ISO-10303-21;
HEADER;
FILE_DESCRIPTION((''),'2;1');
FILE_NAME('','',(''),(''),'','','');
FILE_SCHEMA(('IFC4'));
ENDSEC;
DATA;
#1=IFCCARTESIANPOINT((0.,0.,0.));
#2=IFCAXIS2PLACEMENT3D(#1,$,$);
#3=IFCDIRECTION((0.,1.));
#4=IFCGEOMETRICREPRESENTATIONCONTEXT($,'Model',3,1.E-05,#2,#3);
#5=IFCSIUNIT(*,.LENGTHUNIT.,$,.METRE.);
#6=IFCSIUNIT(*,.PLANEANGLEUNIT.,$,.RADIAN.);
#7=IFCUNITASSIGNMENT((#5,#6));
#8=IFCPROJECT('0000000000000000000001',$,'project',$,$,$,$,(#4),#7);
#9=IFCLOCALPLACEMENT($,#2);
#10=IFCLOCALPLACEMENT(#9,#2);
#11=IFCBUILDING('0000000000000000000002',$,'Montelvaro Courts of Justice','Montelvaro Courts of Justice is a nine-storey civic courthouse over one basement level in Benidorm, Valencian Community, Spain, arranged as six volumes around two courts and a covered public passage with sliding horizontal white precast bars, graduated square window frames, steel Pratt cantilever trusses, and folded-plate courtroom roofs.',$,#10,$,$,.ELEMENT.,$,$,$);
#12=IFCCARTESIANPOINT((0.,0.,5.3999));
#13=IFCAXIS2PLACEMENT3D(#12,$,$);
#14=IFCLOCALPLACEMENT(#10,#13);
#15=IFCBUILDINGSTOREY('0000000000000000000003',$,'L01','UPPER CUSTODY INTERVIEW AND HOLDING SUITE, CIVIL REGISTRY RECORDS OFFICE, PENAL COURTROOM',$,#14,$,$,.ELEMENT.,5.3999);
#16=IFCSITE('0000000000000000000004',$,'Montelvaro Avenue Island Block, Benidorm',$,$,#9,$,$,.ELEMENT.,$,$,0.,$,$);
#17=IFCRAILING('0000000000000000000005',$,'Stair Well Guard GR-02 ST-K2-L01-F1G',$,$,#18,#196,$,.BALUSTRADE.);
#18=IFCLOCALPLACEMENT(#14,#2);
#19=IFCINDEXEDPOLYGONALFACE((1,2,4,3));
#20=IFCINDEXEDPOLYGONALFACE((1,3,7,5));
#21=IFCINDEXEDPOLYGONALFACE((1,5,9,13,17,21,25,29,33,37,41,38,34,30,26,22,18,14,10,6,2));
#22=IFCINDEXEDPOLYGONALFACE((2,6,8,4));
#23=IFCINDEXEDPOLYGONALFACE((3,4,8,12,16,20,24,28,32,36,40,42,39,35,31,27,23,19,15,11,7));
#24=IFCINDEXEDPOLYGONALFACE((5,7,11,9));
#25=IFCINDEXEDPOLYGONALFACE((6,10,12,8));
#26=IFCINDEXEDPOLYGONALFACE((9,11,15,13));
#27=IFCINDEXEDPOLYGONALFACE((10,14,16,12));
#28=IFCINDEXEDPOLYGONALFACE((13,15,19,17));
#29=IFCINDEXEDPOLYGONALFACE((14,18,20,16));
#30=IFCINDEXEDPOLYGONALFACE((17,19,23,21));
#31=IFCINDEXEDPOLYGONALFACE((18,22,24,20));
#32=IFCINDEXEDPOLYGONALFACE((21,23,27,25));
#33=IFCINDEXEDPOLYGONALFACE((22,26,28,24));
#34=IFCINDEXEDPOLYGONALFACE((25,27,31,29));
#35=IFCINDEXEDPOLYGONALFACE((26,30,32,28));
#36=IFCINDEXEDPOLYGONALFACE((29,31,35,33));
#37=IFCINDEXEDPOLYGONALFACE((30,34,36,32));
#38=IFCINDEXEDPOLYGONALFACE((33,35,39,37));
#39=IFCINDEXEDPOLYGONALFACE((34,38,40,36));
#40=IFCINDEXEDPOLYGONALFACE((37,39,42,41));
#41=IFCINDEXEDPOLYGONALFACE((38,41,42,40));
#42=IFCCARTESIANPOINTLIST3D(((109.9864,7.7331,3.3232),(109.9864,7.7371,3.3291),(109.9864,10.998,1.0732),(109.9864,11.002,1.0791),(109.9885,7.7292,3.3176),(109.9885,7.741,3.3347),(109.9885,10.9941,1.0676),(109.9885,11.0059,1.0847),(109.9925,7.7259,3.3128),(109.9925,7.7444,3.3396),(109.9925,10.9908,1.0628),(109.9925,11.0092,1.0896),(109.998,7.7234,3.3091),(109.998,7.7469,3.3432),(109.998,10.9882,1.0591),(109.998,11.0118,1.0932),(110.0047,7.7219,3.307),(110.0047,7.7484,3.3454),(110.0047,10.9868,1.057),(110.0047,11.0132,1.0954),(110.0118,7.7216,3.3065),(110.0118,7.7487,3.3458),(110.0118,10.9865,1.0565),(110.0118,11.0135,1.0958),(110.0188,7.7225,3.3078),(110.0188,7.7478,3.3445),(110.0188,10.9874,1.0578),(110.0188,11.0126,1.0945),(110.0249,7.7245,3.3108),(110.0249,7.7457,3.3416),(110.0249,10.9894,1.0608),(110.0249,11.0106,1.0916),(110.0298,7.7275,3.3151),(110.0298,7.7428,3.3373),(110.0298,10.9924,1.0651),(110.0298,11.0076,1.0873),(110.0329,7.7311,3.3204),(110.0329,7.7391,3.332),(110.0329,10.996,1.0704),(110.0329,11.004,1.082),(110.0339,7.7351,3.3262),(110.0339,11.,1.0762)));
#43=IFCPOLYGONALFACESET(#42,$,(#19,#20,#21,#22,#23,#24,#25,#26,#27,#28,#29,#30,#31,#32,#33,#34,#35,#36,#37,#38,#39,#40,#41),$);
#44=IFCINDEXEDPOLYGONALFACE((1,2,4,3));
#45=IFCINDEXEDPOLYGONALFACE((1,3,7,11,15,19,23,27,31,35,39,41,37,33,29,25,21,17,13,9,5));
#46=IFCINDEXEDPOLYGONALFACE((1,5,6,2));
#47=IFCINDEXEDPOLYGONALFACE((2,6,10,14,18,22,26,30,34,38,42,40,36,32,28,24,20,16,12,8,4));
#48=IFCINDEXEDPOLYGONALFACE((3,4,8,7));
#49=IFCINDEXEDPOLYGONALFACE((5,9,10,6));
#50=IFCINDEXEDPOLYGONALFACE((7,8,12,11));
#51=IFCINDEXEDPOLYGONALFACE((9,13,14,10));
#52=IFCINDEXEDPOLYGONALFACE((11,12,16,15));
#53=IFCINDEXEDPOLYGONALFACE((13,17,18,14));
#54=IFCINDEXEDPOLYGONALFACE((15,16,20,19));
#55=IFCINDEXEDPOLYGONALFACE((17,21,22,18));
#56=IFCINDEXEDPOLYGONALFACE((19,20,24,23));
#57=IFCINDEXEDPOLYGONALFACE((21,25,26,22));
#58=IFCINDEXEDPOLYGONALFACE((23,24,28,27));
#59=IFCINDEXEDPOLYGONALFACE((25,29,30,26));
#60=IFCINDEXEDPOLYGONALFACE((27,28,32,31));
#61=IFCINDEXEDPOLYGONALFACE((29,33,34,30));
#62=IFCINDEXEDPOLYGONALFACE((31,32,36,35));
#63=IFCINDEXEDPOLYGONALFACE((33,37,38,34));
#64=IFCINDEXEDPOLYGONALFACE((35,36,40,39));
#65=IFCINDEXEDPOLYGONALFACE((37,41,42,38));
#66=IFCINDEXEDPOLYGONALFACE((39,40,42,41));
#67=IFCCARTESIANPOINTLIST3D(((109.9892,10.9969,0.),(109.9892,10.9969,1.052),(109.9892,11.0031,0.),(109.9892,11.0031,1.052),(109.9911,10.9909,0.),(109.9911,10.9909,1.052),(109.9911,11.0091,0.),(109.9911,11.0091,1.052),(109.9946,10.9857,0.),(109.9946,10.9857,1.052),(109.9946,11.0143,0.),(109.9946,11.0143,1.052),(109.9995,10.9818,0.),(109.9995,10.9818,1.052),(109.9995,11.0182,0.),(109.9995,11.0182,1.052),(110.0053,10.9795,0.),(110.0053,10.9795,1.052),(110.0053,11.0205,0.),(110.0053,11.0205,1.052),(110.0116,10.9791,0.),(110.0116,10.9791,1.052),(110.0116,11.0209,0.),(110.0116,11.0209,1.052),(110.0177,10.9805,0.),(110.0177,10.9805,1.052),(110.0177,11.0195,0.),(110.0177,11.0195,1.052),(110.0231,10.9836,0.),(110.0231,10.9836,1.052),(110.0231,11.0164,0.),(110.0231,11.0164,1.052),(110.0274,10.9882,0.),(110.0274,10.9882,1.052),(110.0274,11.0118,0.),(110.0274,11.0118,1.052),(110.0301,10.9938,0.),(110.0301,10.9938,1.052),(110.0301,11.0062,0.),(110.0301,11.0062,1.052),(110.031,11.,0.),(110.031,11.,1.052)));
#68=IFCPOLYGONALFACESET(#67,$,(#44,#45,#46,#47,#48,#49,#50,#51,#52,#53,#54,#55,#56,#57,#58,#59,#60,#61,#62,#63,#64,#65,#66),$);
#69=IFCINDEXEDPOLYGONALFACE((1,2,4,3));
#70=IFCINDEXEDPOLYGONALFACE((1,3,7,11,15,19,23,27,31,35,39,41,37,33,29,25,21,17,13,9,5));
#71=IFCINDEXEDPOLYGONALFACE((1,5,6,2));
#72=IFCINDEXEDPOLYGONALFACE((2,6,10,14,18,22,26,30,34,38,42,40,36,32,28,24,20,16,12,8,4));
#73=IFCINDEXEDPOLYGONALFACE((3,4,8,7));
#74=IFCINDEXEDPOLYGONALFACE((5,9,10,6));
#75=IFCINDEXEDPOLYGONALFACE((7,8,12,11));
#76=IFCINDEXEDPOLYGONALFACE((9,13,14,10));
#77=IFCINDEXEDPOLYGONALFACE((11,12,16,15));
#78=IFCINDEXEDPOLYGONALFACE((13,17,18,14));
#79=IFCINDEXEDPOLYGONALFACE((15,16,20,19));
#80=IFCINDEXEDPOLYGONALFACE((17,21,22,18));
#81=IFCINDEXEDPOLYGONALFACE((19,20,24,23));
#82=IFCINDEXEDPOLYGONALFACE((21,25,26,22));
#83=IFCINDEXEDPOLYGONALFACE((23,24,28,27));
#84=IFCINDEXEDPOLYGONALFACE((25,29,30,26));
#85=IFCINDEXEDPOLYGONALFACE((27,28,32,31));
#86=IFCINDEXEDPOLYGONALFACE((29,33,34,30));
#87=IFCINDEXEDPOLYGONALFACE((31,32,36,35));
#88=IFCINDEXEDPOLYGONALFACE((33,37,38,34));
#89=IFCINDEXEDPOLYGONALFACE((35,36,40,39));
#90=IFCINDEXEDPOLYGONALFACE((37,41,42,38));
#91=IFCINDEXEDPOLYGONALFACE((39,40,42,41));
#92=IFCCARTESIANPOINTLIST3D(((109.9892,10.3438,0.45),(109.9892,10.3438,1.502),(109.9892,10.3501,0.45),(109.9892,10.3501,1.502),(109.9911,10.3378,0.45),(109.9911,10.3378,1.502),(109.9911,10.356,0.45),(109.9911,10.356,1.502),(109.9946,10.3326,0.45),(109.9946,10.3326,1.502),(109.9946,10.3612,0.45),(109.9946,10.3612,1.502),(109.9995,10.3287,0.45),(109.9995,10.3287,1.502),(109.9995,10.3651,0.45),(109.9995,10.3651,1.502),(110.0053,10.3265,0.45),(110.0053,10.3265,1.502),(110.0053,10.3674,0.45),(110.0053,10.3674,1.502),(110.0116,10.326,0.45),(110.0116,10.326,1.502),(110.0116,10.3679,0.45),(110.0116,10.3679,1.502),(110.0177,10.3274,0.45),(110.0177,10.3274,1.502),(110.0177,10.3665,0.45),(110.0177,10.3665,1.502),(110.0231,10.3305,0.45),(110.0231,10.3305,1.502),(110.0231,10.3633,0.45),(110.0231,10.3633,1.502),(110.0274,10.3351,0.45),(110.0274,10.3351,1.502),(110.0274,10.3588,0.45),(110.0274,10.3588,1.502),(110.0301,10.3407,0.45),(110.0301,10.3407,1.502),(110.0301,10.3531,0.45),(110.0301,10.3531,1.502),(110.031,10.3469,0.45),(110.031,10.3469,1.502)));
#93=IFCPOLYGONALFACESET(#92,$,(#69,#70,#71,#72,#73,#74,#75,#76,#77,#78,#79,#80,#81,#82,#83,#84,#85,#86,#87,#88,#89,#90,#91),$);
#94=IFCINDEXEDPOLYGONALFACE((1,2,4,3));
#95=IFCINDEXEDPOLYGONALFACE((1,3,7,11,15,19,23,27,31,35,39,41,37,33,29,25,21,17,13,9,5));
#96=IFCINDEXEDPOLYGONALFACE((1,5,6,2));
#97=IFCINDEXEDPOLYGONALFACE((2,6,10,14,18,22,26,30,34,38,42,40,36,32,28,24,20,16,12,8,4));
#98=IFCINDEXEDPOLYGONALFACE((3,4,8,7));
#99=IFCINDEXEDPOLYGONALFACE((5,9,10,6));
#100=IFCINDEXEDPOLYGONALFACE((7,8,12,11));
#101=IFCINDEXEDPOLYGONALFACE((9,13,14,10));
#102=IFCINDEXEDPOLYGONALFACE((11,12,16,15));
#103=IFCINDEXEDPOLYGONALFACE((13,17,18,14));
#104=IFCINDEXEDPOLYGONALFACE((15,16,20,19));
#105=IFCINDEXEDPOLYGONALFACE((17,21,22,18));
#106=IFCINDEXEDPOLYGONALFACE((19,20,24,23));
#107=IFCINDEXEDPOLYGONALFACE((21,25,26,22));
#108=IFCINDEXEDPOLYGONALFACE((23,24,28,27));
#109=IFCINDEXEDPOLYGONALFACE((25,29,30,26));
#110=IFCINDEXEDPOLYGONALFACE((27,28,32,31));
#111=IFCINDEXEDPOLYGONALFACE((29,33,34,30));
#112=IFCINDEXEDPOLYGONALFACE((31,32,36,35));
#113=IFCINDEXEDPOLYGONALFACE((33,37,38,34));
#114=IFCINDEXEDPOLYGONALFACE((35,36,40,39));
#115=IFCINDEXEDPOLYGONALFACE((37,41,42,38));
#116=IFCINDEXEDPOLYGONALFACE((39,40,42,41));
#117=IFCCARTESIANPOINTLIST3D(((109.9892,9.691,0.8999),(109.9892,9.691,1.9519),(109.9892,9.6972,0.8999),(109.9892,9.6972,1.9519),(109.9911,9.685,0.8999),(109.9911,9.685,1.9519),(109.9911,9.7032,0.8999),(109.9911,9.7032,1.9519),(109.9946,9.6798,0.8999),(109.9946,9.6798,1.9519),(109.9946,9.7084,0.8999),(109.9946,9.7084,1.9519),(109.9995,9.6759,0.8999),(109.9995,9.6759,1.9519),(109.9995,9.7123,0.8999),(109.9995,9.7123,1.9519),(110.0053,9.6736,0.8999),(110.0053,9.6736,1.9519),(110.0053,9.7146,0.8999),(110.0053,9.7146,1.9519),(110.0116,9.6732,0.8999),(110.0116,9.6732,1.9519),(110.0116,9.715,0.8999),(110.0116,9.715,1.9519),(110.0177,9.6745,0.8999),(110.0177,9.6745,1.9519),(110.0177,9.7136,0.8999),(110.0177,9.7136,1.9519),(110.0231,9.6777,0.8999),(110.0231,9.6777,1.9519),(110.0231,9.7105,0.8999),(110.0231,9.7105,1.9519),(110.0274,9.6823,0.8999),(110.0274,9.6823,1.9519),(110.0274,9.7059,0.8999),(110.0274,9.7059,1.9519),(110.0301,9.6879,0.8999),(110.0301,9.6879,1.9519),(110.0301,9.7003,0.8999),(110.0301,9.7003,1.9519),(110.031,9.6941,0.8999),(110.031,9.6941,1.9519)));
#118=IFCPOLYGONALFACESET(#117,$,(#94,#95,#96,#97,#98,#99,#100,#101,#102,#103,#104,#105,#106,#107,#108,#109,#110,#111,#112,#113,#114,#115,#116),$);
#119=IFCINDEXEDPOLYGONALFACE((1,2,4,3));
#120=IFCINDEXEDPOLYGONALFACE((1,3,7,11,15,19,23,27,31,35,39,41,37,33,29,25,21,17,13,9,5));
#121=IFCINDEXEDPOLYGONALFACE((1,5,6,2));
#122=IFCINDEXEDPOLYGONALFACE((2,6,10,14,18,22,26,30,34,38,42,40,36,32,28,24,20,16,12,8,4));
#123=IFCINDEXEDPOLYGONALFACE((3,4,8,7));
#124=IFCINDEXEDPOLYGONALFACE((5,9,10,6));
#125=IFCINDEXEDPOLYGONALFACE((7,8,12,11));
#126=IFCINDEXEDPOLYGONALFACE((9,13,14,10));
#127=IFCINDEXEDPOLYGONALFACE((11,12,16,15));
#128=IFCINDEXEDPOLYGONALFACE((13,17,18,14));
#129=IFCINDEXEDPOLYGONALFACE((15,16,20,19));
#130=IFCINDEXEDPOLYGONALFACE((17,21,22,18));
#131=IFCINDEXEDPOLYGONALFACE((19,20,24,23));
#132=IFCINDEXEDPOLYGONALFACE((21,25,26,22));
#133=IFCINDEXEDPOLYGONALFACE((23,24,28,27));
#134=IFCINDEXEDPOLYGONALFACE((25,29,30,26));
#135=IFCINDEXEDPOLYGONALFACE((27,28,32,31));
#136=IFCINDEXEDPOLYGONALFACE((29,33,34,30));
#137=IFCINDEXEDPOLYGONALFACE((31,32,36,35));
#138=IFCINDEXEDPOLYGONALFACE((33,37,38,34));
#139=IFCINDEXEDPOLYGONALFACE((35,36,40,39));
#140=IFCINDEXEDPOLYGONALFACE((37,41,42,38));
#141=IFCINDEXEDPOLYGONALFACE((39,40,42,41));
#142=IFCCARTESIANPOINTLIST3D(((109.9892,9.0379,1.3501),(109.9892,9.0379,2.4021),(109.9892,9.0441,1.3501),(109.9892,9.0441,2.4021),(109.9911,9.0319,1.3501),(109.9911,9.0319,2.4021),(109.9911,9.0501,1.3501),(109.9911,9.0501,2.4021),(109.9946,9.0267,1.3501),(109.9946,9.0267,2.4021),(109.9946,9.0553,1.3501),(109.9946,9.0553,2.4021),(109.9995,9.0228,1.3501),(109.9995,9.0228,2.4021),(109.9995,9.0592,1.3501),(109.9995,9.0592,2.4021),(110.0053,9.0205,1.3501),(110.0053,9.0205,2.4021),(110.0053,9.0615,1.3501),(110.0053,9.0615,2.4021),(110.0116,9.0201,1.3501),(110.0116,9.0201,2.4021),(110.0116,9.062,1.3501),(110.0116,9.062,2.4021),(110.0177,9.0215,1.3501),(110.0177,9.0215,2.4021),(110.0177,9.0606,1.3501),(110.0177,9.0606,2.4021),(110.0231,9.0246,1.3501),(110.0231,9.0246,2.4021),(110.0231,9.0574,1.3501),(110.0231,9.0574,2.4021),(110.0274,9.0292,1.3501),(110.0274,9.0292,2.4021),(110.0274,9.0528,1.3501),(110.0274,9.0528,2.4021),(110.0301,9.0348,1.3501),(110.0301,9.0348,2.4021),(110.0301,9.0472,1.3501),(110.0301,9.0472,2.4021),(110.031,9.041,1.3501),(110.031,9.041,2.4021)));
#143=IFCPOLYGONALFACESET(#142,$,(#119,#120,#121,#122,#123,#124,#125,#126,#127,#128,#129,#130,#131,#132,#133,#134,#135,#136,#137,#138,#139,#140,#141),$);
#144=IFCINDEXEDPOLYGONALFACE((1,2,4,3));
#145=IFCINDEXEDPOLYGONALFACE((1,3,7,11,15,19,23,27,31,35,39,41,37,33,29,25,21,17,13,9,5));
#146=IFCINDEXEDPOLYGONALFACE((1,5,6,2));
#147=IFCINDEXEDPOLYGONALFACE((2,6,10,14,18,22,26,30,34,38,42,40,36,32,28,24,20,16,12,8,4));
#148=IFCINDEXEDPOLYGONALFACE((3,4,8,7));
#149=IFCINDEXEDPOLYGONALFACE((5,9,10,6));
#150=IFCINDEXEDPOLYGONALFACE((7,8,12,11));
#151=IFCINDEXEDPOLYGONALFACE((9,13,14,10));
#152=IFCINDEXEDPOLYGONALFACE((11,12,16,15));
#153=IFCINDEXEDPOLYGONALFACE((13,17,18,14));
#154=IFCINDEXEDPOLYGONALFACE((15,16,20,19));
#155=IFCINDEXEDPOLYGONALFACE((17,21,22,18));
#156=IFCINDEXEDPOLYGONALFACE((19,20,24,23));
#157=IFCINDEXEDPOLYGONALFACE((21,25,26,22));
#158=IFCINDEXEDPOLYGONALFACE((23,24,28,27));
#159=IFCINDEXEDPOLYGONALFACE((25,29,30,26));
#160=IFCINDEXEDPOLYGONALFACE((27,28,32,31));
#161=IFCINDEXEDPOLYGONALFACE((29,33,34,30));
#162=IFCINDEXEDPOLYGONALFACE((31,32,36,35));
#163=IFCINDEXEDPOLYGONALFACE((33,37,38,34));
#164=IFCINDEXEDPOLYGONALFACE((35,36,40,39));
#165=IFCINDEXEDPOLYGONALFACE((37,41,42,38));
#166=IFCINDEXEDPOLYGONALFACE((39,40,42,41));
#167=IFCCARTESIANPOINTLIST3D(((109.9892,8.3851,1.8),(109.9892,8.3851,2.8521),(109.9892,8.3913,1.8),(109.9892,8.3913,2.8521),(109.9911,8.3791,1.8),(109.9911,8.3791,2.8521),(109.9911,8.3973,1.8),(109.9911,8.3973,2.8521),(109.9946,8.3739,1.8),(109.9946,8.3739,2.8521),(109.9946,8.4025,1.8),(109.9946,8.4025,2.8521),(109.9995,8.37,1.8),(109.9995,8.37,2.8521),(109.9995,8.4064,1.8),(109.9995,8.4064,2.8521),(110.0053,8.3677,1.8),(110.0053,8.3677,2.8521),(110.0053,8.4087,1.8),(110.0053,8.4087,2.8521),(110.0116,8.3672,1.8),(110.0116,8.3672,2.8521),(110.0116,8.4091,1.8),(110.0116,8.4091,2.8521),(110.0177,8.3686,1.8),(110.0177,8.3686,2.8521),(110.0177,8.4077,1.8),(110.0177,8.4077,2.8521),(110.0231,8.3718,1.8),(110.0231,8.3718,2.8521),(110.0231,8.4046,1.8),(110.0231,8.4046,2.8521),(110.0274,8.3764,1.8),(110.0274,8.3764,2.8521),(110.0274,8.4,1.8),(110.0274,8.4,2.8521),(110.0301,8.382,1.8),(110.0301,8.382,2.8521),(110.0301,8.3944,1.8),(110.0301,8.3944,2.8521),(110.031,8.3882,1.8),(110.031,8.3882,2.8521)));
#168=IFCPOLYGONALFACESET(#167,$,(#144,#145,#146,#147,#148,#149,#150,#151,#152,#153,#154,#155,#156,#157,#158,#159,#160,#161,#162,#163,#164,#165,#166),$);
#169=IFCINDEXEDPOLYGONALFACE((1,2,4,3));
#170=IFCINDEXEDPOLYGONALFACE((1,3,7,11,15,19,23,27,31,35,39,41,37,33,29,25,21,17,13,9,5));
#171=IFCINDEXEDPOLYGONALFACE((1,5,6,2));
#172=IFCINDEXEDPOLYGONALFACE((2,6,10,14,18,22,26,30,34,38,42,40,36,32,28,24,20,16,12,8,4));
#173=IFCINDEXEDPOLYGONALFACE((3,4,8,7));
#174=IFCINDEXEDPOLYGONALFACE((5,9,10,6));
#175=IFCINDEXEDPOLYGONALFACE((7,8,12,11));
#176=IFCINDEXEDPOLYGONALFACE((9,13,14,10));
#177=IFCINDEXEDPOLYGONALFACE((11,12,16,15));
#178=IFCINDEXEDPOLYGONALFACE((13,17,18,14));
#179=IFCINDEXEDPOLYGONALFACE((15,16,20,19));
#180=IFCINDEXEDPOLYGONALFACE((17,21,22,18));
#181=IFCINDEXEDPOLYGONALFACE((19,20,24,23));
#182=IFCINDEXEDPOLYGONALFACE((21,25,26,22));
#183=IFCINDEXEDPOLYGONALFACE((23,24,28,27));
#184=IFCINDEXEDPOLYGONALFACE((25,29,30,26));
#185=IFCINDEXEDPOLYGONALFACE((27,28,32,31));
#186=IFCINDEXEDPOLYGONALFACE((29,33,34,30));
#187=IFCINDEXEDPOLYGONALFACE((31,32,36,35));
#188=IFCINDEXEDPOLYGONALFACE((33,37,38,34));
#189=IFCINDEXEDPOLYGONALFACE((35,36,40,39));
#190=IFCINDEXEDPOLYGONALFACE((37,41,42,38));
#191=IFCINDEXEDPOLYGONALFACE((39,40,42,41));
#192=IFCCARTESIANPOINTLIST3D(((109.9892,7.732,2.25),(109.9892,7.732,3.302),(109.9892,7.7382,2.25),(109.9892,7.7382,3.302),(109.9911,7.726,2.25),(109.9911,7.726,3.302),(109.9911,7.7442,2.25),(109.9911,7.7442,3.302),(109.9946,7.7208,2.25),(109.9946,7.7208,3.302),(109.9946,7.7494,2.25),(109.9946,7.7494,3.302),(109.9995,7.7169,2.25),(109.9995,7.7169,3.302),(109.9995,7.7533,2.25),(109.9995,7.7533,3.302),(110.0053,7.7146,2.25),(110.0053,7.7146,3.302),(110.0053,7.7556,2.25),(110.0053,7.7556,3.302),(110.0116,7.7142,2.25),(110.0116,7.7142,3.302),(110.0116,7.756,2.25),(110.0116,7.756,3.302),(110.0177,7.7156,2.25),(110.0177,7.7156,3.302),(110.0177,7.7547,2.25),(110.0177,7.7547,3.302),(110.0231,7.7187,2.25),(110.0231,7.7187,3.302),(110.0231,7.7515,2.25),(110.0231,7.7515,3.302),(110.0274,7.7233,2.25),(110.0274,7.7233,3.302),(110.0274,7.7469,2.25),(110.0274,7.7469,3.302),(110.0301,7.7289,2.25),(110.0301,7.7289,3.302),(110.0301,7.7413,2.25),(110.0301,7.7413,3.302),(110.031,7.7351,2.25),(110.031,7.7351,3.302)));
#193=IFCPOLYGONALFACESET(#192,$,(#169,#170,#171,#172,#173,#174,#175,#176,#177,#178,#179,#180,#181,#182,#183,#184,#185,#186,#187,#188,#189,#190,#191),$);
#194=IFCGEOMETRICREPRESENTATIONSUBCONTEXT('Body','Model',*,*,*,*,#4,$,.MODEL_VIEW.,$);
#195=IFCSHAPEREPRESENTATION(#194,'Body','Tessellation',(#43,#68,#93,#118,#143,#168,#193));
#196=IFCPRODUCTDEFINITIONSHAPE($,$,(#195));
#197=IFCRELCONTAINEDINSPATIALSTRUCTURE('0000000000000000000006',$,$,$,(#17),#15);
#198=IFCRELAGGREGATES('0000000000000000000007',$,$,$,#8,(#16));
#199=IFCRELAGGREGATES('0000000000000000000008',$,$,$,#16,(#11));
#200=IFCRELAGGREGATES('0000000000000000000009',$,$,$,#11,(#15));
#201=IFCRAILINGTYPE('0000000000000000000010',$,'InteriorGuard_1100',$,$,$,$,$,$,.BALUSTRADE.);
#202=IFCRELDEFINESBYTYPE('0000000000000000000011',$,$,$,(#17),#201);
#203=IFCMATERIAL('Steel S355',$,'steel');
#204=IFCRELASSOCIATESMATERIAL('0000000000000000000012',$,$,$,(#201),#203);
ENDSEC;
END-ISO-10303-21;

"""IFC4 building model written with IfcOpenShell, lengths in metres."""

from ifc_helpers import new_model, si_unit, direction, frame, origin, origin_2d, place, context, subcontext, project, spatial, circle, extrude, material, type_object, element, save


model = new_model("IFC4")

# Units and contexts
model_context = context("Model", 3, precision=1e-05, world=origin(), true_north=direction((0.0, 1.0)))
body_context = subcontext(model_context, "Body", "Model", "MODEL_VIEW")
ifc_project = project(units=[si_unit("LENGTHUNIT", "METRE"), si_unit("PLANEANGLEUNIT", "RADIAN")], contexts=[model_context])

# Site, building, storey
site_placement = place(None, origin())
site = spatial("IfcSite", under=ifc_project, at=site_placement, Name="Montelvaro Avenue Island Block, Benidorm", CompositionType="ELEMENT", RefElevation=0.0)
building_placement = place(site_placement, origin())
building = spatial("IfcBuilding", under=site, at=building_placement, Name="Montelvaro Courts of Justice", Description="Montelvaro Courts of Justice is a nine-storey civic courthouse over one basement level in Benidorm, Valencian Community, Spain, arranged as six volumes around two courts and a covered public passage with sliding horizontal white precast bars, graduated square window frames, steel Pratt cantilever trusses, and folded-plate courtroom roofs.", CompositionType="ELEMENT")
storey_placement = place(building_placement, frame((0.0, 0.0, 5.3999)))
storey = spatial("IfcBuildingStorey", under=building, at=storey_placement, Name="L01", Description="UPPER CUSTODY INTERVIEW AND HOLDING SUITE, CIVIL REGISTRY RECORDS OFFICE, PENAL COURTROOM", CompositionType="ELEMENT", Elevation=5.3999)

# Shared definitions
ifc_material_1 = material(Name="Steel S355", Category="steel")

# Railing
railing_type_1 = type_object("IfcRailingType", Name="InteriorGuard_1100", PredefinedType="BALUSTRADE", material=ifc_material_1)
railing_1_placement = place(storey_placement, frame((110.01, 11.0, 0.0)))
element("IfcRailing", 1, at=railing_1_placement, inside=storey, type_object=railing_type_1, Name="Stair Well Guard GR-02 ST-K2-L01-F1G", PredefinedType="BALUSTRADE", context=body_context, shape_type="SweptSolid", body=[
    extrude(circle(Radius=0.0239, at=origin_2d()), frame((0.0, 0.0, 1.0762), z_axis=(0.0, -0.823407, 0.567451), x_axis=(1.0, 0.0, 0.0)), (0.0, 0.0, 1.0), 3.9651),
    extrude(circle(Radius=0.021, at=origin_2d()), origin(), (0.0, 0.0, 1.0), 1.052),
    extrude(circle(Radius=0.021, at=origin_2d()), frame((0.0, -0.6531, 0.45)), (0.0, 0.0, 1.0), 1.052),
    extrude(circle(Radius=0.021, at=origin_2d()), frame((0.0, -1.3059, 0.8999)), (0.0, 0.0, 1.0), 1.052),
    extrude(circle(Radius=0.021, at=origin_2d()), frame((0.0, -1.959, 1.3501)), (0.0, 0.0, 1.0), 1.052),
    extrude(circle(Radius=0.021, at=origin_2d()), frame((0.0, -2.6118, 1.8)), (0.0, 0.0, 1.0), 1.052),
    extrude(circle(Radius=0.021, at=origin_2d()), frame((0.0, -3.2649, 2.25)), (0.0, 0.0, 1.0), 1.052),
])

save(model, "model.ifc")
